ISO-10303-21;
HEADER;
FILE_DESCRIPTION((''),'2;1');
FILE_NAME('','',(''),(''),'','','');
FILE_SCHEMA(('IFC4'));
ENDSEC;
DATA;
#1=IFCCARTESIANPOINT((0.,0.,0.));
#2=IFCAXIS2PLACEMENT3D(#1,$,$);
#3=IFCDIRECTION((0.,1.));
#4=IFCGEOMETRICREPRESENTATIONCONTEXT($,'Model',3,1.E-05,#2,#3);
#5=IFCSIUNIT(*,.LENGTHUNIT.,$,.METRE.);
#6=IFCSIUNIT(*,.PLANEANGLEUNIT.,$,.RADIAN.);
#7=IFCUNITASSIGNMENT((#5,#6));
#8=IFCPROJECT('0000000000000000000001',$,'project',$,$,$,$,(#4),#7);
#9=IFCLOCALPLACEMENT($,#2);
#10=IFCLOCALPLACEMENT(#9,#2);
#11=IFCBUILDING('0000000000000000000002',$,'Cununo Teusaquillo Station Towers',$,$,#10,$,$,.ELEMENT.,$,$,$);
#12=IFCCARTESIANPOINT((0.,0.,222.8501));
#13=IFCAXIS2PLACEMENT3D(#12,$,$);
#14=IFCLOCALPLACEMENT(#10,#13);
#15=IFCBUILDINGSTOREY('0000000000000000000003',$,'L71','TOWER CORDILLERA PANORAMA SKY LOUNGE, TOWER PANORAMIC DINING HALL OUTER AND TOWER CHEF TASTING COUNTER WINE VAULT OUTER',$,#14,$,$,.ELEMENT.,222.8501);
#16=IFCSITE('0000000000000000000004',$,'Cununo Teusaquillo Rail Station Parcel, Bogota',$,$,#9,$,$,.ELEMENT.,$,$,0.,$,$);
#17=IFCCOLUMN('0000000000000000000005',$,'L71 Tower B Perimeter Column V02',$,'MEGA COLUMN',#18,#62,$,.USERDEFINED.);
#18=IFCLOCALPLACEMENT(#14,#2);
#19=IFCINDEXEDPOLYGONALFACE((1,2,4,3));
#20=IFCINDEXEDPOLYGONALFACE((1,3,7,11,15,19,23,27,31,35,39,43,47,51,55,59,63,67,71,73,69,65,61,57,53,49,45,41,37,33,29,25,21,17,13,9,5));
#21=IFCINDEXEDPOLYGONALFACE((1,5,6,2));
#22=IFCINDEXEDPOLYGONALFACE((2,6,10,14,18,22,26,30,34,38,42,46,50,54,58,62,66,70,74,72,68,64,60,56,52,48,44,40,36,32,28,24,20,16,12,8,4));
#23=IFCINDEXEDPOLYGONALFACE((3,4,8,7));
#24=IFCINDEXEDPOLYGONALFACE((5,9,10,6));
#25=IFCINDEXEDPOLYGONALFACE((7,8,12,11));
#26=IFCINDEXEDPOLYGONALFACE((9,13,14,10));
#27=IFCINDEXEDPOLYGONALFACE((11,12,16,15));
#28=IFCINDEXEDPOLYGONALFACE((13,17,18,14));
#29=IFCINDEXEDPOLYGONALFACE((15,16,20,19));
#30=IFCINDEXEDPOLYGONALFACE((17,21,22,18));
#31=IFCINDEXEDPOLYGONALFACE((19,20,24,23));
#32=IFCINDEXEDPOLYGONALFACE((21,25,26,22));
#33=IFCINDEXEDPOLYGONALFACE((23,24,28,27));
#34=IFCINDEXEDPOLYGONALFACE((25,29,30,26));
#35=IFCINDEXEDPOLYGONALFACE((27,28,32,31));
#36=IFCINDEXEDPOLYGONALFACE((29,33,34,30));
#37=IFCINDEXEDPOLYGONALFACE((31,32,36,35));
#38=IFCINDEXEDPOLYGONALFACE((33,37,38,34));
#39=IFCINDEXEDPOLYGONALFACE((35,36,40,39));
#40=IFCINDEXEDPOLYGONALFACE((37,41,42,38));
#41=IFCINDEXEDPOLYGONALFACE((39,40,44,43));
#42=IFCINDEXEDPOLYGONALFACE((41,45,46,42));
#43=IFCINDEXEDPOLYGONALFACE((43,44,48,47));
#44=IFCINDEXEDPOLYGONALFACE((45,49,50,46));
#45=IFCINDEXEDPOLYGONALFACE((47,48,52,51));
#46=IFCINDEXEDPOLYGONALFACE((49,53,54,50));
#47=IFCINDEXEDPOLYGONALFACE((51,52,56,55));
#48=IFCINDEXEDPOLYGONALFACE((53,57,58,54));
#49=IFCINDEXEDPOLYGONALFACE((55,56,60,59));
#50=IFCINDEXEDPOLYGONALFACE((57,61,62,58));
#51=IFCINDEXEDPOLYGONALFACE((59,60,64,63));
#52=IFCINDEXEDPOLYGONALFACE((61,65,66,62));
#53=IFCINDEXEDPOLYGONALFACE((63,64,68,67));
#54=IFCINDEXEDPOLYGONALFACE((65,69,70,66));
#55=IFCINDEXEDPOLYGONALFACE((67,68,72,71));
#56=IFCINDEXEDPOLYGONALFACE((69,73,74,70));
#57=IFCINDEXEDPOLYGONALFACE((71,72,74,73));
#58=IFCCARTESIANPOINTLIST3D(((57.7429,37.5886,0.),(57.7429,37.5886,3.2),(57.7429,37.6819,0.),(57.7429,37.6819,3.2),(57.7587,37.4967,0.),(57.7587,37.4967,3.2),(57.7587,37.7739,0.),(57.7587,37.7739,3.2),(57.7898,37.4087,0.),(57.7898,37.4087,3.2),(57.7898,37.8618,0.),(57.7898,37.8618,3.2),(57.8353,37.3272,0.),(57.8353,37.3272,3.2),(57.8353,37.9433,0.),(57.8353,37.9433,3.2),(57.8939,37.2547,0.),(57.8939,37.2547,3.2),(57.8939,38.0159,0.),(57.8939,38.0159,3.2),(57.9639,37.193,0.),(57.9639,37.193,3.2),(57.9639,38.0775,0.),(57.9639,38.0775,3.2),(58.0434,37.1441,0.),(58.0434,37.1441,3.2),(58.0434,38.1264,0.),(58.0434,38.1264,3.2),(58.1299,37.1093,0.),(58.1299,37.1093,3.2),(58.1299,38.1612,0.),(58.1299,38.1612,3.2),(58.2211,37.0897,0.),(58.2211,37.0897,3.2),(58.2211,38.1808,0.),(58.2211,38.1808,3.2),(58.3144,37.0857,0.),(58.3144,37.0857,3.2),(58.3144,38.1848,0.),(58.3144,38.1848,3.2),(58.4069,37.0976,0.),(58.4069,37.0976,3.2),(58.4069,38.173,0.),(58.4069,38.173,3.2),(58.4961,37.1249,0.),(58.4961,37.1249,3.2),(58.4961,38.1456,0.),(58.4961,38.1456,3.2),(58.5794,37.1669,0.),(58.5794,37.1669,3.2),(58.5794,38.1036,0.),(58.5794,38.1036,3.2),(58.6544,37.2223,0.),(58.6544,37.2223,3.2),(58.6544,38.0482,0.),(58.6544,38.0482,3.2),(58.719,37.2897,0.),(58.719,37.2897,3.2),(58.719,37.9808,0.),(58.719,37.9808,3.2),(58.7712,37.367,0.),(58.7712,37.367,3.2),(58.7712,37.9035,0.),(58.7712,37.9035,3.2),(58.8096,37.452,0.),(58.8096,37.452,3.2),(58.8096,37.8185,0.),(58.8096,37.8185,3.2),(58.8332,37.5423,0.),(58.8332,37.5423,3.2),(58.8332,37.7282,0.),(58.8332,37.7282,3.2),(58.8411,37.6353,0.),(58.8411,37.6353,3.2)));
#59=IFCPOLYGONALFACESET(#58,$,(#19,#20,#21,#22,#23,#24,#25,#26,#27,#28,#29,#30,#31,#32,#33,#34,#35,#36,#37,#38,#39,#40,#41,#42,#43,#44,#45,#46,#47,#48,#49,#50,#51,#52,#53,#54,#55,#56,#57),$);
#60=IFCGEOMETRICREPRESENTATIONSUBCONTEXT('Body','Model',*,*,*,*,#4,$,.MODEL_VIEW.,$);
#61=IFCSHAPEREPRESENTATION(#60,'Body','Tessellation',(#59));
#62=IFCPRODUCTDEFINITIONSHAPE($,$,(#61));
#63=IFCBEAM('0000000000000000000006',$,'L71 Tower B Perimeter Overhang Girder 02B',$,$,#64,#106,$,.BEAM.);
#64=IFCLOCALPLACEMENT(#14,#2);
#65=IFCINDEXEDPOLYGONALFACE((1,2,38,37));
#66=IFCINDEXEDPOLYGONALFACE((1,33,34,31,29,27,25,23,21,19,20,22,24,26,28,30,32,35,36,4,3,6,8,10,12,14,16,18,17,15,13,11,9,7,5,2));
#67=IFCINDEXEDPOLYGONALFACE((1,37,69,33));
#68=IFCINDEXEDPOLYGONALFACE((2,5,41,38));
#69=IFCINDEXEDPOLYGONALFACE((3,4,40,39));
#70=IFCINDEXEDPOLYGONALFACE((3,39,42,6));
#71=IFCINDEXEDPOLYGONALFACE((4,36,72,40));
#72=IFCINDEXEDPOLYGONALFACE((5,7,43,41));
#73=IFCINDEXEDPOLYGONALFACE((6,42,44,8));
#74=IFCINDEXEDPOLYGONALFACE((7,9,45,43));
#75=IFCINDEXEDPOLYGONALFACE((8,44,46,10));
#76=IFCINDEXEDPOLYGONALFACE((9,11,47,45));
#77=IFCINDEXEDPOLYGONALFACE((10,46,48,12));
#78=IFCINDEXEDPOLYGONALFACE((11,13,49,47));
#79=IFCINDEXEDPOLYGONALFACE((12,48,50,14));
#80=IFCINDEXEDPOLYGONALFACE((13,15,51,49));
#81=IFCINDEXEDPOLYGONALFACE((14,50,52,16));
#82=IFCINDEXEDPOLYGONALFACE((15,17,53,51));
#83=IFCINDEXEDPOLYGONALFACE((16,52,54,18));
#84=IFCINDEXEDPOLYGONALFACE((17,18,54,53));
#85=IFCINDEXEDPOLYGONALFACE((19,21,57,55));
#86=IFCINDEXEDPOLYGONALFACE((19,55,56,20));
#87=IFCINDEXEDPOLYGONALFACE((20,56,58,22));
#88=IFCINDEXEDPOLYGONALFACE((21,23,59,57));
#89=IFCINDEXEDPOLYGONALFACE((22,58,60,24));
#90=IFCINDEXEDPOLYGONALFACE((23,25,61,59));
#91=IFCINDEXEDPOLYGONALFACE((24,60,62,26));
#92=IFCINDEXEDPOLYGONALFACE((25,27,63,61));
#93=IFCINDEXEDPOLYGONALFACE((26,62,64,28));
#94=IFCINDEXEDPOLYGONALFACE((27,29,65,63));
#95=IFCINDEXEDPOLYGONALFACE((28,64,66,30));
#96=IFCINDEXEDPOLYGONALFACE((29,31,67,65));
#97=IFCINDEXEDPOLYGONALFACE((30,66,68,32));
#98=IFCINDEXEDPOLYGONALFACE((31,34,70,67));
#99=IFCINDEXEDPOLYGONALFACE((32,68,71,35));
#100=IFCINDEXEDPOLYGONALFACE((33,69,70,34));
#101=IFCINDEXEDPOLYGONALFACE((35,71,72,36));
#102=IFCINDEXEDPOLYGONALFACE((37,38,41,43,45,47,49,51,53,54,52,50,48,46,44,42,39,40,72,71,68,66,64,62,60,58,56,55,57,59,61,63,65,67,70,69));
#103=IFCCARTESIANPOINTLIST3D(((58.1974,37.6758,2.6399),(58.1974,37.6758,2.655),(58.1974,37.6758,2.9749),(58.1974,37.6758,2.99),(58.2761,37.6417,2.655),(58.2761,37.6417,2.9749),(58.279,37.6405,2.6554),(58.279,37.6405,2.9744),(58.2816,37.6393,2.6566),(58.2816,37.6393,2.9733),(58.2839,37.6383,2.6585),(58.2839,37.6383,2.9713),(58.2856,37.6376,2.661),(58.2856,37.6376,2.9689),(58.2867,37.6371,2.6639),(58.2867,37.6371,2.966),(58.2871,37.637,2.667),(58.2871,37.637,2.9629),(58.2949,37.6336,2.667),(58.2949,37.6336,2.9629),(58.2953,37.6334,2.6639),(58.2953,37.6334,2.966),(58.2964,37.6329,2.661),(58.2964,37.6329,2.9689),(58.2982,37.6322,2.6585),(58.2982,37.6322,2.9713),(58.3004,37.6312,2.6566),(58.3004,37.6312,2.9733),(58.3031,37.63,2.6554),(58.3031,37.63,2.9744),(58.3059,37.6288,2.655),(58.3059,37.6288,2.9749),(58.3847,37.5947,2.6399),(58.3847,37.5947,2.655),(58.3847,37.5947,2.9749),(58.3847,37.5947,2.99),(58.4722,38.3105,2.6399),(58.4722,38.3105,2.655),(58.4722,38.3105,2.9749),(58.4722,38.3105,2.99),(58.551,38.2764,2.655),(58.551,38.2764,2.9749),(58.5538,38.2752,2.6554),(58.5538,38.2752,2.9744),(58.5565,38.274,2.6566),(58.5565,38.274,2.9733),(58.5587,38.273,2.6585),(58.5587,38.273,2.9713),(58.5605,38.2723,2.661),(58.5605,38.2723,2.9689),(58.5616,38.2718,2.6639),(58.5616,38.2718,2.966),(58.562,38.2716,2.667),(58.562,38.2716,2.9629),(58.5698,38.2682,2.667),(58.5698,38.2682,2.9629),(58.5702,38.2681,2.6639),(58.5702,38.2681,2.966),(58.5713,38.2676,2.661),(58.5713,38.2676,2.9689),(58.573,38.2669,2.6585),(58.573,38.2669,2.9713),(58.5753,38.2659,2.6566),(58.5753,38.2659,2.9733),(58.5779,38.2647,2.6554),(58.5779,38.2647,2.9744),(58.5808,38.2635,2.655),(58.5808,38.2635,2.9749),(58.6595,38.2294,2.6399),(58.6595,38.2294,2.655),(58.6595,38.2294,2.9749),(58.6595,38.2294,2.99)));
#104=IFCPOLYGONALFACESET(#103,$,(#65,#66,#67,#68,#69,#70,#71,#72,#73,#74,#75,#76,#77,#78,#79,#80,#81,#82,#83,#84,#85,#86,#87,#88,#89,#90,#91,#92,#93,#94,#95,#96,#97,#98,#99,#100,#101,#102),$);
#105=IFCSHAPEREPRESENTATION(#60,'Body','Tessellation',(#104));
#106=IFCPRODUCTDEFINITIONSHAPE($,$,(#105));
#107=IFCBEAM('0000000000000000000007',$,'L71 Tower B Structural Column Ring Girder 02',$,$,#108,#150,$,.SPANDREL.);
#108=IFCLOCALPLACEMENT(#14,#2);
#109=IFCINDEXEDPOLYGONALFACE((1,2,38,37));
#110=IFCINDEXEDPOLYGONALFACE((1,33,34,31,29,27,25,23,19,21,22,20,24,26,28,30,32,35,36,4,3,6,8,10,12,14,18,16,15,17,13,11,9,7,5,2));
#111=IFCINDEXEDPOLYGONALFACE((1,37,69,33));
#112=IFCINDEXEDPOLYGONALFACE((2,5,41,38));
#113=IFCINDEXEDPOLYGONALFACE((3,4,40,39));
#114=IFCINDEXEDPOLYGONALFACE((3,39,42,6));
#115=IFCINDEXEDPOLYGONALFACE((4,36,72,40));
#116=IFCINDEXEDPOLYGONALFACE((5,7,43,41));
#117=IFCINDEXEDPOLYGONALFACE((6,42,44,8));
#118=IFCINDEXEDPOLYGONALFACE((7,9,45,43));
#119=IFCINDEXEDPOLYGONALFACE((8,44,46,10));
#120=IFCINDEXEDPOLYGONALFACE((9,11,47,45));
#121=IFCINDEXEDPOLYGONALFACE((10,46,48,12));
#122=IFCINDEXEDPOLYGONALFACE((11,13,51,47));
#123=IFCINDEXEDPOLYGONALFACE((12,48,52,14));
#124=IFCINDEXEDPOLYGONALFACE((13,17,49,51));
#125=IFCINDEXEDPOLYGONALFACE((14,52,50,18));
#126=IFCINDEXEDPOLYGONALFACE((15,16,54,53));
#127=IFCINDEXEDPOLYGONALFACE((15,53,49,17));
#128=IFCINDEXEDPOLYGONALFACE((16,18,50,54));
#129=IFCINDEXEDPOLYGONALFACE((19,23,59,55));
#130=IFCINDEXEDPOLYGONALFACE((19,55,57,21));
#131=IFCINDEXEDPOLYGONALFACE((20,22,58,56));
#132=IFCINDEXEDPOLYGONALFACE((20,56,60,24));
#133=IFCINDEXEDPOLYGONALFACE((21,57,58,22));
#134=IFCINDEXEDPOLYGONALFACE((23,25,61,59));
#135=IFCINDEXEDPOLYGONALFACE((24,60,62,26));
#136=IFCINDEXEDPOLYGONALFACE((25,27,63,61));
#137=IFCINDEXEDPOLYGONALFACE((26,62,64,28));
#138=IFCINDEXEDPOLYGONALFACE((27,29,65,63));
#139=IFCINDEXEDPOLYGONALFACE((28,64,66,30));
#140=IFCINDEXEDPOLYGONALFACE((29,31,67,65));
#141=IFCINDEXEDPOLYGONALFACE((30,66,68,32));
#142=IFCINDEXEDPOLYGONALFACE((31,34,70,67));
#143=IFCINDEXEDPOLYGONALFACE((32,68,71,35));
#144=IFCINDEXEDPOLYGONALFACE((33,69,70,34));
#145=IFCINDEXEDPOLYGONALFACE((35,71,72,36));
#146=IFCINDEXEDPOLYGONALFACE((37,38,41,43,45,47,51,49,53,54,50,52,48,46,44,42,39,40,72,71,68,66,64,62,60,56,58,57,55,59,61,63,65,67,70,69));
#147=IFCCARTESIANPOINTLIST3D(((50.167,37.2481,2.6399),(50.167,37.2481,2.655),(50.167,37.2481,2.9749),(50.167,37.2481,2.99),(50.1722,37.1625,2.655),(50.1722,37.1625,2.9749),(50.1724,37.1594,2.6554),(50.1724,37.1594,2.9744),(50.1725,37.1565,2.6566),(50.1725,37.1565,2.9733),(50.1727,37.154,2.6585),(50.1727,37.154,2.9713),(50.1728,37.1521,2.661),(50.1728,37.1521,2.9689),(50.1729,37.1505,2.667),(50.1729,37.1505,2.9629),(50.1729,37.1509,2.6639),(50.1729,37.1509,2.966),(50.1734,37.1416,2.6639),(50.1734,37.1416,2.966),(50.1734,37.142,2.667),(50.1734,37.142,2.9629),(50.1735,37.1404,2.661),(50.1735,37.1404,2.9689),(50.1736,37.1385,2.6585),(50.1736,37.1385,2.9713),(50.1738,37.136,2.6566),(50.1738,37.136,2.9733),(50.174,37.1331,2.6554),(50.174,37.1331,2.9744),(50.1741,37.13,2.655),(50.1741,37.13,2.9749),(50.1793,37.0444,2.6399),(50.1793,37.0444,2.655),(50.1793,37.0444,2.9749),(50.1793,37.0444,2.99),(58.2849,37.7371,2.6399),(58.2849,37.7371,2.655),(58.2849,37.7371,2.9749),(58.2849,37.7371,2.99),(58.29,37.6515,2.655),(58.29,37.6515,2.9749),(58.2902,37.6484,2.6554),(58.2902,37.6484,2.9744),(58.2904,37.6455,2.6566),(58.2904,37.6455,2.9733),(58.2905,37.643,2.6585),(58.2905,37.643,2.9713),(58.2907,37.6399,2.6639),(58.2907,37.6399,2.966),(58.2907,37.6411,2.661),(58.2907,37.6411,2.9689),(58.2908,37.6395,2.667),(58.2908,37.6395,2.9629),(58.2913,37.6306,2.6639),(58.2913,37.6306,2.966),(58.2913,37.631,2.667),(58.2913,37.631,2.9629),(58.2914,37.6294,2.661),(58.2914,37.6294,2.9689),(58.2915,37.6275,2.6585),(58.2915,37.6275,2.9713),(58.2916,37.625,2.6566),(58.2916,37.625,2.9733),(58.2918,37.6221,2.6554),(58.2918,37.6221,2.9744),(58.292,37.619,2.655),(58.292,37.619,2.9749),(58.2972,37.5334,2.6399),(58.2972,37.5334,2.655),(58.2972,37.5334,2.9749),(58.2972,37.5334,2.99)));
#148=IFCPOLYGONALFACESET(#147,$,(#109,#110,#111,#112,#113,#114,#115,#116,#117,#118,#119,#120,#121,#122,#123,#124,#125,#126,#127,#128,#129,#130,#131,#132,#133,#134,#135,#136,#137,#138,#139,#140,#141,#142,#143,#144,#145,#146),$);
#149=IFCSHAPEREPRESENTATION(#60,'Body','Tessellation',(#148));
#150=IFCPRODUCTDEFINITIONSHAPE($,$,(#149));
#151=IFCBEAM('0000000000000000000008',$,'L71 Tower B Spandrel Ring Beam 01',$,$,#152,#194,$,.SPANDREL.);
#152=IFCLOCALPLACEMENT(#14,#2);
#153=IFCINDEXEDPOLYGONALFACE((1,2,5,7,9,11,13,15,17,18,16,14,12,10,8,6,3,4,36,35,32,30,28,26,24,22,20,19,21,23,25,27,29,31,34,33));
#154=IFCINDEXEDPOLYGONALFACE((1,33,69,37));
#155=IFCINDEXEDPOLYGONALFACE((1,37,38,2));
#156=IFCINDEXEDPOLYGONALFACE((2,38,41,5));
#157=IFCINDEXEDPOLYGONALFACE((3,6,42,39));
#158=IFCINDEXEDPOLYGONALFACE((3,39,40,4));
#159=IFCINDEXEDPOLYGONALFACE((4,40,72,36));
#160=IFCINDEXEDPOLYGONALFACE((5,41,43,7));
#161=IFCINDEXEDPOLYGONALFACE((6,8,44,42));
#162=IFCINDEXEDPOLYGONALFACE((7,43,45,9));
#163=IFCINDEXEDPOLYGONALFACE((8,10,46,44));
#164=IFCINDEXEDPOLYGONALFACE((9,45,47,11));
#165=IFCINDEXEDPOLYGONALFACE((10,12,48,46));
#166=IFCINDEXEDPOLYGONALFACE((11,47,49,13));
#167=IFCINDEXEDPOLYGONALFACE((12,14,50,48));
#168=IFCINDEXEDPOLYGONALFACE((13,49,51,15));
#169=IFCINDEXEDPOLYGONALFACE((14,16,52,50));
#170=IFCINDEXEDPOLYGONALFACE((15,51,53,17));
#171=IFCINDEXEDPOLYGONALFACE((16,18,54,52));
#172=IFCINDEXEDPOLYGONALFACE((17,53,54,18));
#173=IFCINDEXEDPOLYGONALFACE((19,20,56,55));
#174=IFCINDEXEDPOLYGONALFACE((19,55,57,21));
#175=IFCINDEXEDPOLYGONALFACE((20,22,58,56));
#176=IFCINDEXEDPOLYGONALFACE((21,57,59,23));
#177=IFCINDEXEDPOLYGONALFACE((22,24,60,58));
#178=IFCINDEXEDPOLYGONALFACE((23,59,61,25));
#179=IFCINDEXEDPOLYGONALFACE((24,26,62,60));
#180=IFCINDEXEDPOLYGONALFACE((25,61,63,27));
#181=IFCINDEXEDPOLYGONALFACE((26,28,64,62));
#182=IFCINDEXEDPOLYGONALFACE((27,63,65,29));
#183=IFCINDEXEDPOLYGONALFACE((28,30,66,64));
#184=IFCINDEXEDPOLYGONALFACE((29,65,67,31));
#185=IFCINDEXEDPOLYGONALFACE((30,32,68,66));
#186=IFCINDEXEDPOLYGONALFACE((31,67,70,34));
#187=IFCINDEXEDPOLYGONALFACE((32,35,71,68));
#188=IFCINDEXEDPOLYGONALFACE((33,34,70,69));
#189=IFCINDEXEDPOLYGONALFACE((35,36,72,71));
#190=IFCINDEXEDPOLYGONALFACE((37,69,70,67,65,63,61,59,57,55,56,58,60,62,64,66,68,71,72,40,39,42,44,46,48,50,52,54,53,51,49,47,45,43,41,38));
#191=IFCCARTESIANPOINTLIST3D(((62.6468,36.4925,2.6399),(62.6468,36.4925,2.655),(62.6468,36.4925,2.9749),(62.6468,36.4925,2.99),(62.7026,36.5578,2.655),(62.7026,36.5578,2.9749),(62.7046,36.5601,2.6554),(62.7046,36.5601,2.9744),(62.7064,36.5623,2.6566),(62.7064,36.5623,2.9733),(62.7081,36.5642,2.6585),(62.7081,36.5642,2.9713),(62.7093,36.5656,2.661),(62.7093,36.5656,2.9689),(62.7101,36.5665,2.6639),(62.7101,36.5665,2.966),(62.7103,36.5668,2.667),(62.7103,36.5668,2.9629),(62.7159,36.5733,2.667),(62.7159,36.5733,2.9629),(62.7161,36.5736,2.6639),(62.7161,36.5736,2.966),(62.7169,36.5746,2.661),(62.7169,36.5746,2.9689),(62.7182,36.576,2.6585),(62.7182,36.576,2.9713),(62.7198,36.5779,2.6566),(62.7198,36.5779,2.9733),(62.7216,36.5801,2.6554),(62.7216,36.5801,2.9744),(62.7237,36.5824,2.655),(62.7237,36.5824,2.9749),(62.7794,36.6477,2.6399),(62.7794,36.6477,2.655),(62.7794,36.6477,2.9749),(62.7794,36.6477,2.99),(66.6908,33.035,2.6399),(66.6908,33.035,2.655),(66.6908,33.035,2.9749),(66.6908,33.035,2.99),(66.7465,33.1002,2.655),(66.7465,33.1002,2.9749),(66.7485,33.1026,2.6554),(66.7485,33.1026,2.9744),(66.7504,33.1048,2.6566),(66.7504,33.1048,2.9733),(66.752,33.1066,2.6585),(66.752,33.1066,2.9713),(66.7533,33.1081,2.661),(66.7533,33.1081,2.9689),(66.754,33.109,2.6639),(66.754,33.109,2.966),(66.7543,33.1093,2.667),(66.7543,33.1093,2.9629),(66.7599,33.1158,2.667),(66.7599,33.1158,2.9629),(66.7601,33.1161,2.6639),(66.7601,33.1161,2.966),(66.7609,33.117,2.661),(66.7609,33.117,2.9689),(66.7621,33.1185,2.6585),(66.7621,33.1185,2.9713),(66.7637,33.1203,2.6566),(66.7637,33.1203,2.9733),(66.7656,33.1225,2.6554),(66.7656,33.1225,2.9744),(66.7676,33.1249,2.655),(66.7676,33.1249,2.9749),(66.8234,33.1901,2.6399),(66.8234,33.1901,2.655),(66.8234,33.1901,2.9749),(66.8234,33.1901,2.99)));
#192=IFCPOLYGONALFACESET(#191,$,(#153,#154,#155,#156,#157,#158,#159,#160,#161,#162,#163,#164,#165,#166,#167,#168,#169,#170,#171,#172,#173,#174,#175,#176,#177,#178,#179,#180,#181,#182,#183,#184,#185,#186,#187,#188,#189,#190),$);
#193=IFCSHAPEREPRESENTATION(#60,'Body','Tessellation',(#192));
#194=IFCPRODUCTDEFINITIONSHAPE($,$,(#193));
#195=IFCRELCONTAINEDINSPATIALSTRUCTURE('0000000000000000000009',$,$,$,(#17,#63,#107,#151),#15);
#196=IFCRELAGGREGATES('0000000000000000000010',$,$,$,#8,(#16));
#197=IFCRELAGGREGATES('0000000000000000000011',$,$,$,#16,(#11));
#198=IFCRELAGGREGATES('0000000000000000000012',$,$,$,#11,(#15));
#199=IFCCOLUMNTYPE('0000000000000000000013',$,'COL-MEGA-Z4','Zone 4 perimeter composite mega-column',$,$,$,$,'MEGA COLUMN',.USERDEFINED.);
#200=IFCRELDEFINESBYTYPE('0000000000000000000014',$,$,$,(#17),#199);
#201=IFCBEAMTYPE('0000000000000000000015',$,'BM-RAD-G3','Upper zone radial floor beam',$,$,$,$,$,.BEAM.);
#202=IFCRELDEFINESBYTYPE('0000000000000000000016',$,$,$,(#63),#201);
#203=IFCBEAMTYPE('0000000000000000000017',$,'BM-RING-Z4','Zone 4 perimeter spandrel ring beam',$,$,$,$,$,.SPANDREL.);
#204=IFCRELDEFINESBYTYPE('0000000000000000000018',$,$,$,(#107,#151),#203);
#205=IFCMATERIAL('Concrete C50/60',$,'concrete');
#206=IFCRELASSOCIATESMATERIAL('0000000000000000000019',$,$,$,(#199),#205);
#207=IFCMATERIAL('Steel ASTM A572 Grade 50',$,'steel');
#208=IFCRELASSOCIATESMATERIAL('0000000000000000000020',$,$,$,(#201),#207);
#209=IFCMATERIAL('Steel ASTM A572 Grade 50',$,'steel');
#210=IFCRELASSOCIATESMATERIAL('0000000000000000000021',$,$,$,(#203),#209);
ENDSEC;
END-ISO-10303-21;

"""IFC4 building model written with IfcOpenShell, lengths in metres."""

from ifc_helpers import new_model, si_unit, direction, frame, origin, origin_2d, place, context, subcontext, project, spatial, circle, i_section, extrude, material, material_profile, profile_set, type_object, element, save


model = new_model("IFC4")

# Units and contexts
model_context = context("Model", 3, precision=1e-05, world=origin(), true_north=direction((0.0, 1.0)))
body_context = subcontext(model_context, "Body", "Model", "MODEL_VIEW")
ifc_project = project(units=[si_unit("LENGTHUNIT", "METRE"), si_unit("PLANEANGLEUNIT", "RADIAN")], contexts=[model_context])

# Site, building, storey
site_placement = place(None, origin())
site = spatial("IfcSite", under=ifc_project, at=site_placement, Name="Cununo Teusaquillo Rail Station Parcel, Bogota", CompositionType="ELEMENT", RefElevation=0.0)
building_placement = place(site_placement, origin())
building = spatial("IfcBuilding", under=site, at=building_placement, Name="Cununo Teusaquillo Station Towers", CompositionType="ELEMENT")
storey_placement = place(building_placement, frame((0.0, 0.0, 222.8501)))
storey = spatial("IfcBuildingStorey", under=building, at=storey_placement, Name="L71", Description="TOWER CORDILLERA PANORAMA SKY LOUNGE, TOWER PANORAMIC DINING HALL OUTER AND TOWER CHEF TASTING COUNTER WINE VAULT OUTER", CompositionType="ELEMENT", Elevation=222.8501)

# Column
ifc_material_1 = material(Name="Concrete C50/60", Category="concrete")
ifc_material_profile_1 = material_profile(ifc_material_1, circle(Radius=0.55, at=origin_2d()), Name="RC-CIRC-1100")
ifc_profile_set_1 = profile_set([ifc_material_profile_1], Name="Concrete C50/60")
column_type = type_object("IfcColumnType", Name="COL-MEGA-Z4", Description="Zone 4 perimeter composite mega-column", ElementType="MEGA COLUMN", PredefinedType="USERDEFINED", material=ifc_profile_set_1)
column_placement = place(storey_placement, frame((58.291, 37.6353, 0.0), z_axis=(0.0, 0.0, 1.0), x_axis=(1.0, 0.0, 0.0)))
element("IfcColumn", 1, at=column_placement, inside=storey, type_object=column_type, Name="L71 Tower B Perimeter Column V02", ObjectType="MEGA COLUMN", PredefinedType="USERDEFINED", context=body_context, shape_type="SweptSolid", body=[
    extrude(circle(Radius=0.55, at=origin_2d()), origin(), (0.0, 0.0, 1.0), 3.2),
])

# Beams
ifc_material_2 = material(Name="Steel ASTM A572 Grade 50", Category="steel")
ifc_material_profile_2 = material_profile(ifc_material_2, i_section(OverallWidth=0.2041, OverallDepth=0.3501, WebThickness=0.0085, FlangeThickness=0.0151, FilletRadius=0.012, at=origin_2d()), Name="W14X48")
ifc_profile_set_2 = profile_set([ifc_material_profile_2], Name="Steel ASTM A572 Grade 50")
beam_type_1 = type_object("IfcBeamType", Name="BM-RAD-G3", Description="Upper zone radial floor beam", PredefinedType="BEAM", material=ifc_profile_set_2)
beam_1_placement = place(storey_placement, frame((58.291, 37.6353, 2.8149), z_axis=(0.397409, 0.917641, 0.0), x_axis=(-0.917641, 0.397409, 0.0)))
element("IfcBeam", 2, at=beam_1_placement, inside=storey, type_object=beam_type_1, Name="L71 Tower B Perimeter Overhang Girder 02B", PredefinedType="BEAM", context=body_context, shape_type="SweptSolid", body=[
    extrude(i_section(OverallWidth=0.2041, OverallDepth=0.3501, WebThickness=0.0085, FlangeThickness=0.0151, FilletRadius=0.012, at=origin_2d()), origin(), (0.0, 0.0, 1.0), 0.6917),
])
ifc_material_3 = material(Name="Steel ASTM A572 Grade 50", Category="steel")
ifc_material_profile_3 = material_profile(ifc_material_3, i_section(OverallWidth=0.2041, OverallDepth=0.3501, WebThickness=0.0085, FlangeThickness=0.0151, FilletRadius=0.012, at=origin_2d()), Name="W14X48")
ifc_profile_set_3 = profile_set([ifc_material_profile_3], Name="Steel ASTM A572 Grade 50")
beam_type_2 = type_object("IfcBeamType", Name="BM-RING-Z4", Description="Zone 4 perimeter spandrel ring beam", PredefinedType="SPANDREL", material=ifc_profile_set_3)
beam_2_placement = place(storey_placement, frame((58.291, 37.6353, 2.8149), z_axis=(-0.998191, -0.06013, 0.0), x_axis=(0.06013, -0.998191, 0.0)))
element("IfcBeam", 3, at=beam_2_placement, inside=storey, type_object=beam_type_2, Name="L71 Tower B Structural Column Ring Girder 02", PredefinedType="SPANDREL", context=body_context, shape_type="SweptSolid", body=[
    extrude(i_section(OverallWidth=0.2041, OverallDepth=0.3501, WebThickness=0.0085, FlangeThickness=0.0151, FilletRadius=0.012, at=origin_2d()), origin(), (0.0, 0.0, 1.0), 8.1326),
])
beam_3_placement = place(storey_placement, frame((66.7571, 33.1125, 2.8149), z_axis=(-0.760066, 0.649846, 0.0), x_axis=(-0.649846, -0.760066, 0.0)))
element("IfcBeam", 4, at=beam_3_placement, inside=storey, type_object=beam_type_2, Name="L71 Tower B Spandrel Ring Beam 01", PredefinedType="SPANDREL", context=body_context, shape_type="SweptSolid", body=[
    extrude(i_section(OverallWidth=0.2041, OverallDepth=0.3501, WebThickness=0.0085, FlangeThickness=0.0151, FilletRadius=0.012, at=origin_2d()), origin(), (0.0, 0.0, 1.0), 5.3206),
])

save(model, "model.ifc")
